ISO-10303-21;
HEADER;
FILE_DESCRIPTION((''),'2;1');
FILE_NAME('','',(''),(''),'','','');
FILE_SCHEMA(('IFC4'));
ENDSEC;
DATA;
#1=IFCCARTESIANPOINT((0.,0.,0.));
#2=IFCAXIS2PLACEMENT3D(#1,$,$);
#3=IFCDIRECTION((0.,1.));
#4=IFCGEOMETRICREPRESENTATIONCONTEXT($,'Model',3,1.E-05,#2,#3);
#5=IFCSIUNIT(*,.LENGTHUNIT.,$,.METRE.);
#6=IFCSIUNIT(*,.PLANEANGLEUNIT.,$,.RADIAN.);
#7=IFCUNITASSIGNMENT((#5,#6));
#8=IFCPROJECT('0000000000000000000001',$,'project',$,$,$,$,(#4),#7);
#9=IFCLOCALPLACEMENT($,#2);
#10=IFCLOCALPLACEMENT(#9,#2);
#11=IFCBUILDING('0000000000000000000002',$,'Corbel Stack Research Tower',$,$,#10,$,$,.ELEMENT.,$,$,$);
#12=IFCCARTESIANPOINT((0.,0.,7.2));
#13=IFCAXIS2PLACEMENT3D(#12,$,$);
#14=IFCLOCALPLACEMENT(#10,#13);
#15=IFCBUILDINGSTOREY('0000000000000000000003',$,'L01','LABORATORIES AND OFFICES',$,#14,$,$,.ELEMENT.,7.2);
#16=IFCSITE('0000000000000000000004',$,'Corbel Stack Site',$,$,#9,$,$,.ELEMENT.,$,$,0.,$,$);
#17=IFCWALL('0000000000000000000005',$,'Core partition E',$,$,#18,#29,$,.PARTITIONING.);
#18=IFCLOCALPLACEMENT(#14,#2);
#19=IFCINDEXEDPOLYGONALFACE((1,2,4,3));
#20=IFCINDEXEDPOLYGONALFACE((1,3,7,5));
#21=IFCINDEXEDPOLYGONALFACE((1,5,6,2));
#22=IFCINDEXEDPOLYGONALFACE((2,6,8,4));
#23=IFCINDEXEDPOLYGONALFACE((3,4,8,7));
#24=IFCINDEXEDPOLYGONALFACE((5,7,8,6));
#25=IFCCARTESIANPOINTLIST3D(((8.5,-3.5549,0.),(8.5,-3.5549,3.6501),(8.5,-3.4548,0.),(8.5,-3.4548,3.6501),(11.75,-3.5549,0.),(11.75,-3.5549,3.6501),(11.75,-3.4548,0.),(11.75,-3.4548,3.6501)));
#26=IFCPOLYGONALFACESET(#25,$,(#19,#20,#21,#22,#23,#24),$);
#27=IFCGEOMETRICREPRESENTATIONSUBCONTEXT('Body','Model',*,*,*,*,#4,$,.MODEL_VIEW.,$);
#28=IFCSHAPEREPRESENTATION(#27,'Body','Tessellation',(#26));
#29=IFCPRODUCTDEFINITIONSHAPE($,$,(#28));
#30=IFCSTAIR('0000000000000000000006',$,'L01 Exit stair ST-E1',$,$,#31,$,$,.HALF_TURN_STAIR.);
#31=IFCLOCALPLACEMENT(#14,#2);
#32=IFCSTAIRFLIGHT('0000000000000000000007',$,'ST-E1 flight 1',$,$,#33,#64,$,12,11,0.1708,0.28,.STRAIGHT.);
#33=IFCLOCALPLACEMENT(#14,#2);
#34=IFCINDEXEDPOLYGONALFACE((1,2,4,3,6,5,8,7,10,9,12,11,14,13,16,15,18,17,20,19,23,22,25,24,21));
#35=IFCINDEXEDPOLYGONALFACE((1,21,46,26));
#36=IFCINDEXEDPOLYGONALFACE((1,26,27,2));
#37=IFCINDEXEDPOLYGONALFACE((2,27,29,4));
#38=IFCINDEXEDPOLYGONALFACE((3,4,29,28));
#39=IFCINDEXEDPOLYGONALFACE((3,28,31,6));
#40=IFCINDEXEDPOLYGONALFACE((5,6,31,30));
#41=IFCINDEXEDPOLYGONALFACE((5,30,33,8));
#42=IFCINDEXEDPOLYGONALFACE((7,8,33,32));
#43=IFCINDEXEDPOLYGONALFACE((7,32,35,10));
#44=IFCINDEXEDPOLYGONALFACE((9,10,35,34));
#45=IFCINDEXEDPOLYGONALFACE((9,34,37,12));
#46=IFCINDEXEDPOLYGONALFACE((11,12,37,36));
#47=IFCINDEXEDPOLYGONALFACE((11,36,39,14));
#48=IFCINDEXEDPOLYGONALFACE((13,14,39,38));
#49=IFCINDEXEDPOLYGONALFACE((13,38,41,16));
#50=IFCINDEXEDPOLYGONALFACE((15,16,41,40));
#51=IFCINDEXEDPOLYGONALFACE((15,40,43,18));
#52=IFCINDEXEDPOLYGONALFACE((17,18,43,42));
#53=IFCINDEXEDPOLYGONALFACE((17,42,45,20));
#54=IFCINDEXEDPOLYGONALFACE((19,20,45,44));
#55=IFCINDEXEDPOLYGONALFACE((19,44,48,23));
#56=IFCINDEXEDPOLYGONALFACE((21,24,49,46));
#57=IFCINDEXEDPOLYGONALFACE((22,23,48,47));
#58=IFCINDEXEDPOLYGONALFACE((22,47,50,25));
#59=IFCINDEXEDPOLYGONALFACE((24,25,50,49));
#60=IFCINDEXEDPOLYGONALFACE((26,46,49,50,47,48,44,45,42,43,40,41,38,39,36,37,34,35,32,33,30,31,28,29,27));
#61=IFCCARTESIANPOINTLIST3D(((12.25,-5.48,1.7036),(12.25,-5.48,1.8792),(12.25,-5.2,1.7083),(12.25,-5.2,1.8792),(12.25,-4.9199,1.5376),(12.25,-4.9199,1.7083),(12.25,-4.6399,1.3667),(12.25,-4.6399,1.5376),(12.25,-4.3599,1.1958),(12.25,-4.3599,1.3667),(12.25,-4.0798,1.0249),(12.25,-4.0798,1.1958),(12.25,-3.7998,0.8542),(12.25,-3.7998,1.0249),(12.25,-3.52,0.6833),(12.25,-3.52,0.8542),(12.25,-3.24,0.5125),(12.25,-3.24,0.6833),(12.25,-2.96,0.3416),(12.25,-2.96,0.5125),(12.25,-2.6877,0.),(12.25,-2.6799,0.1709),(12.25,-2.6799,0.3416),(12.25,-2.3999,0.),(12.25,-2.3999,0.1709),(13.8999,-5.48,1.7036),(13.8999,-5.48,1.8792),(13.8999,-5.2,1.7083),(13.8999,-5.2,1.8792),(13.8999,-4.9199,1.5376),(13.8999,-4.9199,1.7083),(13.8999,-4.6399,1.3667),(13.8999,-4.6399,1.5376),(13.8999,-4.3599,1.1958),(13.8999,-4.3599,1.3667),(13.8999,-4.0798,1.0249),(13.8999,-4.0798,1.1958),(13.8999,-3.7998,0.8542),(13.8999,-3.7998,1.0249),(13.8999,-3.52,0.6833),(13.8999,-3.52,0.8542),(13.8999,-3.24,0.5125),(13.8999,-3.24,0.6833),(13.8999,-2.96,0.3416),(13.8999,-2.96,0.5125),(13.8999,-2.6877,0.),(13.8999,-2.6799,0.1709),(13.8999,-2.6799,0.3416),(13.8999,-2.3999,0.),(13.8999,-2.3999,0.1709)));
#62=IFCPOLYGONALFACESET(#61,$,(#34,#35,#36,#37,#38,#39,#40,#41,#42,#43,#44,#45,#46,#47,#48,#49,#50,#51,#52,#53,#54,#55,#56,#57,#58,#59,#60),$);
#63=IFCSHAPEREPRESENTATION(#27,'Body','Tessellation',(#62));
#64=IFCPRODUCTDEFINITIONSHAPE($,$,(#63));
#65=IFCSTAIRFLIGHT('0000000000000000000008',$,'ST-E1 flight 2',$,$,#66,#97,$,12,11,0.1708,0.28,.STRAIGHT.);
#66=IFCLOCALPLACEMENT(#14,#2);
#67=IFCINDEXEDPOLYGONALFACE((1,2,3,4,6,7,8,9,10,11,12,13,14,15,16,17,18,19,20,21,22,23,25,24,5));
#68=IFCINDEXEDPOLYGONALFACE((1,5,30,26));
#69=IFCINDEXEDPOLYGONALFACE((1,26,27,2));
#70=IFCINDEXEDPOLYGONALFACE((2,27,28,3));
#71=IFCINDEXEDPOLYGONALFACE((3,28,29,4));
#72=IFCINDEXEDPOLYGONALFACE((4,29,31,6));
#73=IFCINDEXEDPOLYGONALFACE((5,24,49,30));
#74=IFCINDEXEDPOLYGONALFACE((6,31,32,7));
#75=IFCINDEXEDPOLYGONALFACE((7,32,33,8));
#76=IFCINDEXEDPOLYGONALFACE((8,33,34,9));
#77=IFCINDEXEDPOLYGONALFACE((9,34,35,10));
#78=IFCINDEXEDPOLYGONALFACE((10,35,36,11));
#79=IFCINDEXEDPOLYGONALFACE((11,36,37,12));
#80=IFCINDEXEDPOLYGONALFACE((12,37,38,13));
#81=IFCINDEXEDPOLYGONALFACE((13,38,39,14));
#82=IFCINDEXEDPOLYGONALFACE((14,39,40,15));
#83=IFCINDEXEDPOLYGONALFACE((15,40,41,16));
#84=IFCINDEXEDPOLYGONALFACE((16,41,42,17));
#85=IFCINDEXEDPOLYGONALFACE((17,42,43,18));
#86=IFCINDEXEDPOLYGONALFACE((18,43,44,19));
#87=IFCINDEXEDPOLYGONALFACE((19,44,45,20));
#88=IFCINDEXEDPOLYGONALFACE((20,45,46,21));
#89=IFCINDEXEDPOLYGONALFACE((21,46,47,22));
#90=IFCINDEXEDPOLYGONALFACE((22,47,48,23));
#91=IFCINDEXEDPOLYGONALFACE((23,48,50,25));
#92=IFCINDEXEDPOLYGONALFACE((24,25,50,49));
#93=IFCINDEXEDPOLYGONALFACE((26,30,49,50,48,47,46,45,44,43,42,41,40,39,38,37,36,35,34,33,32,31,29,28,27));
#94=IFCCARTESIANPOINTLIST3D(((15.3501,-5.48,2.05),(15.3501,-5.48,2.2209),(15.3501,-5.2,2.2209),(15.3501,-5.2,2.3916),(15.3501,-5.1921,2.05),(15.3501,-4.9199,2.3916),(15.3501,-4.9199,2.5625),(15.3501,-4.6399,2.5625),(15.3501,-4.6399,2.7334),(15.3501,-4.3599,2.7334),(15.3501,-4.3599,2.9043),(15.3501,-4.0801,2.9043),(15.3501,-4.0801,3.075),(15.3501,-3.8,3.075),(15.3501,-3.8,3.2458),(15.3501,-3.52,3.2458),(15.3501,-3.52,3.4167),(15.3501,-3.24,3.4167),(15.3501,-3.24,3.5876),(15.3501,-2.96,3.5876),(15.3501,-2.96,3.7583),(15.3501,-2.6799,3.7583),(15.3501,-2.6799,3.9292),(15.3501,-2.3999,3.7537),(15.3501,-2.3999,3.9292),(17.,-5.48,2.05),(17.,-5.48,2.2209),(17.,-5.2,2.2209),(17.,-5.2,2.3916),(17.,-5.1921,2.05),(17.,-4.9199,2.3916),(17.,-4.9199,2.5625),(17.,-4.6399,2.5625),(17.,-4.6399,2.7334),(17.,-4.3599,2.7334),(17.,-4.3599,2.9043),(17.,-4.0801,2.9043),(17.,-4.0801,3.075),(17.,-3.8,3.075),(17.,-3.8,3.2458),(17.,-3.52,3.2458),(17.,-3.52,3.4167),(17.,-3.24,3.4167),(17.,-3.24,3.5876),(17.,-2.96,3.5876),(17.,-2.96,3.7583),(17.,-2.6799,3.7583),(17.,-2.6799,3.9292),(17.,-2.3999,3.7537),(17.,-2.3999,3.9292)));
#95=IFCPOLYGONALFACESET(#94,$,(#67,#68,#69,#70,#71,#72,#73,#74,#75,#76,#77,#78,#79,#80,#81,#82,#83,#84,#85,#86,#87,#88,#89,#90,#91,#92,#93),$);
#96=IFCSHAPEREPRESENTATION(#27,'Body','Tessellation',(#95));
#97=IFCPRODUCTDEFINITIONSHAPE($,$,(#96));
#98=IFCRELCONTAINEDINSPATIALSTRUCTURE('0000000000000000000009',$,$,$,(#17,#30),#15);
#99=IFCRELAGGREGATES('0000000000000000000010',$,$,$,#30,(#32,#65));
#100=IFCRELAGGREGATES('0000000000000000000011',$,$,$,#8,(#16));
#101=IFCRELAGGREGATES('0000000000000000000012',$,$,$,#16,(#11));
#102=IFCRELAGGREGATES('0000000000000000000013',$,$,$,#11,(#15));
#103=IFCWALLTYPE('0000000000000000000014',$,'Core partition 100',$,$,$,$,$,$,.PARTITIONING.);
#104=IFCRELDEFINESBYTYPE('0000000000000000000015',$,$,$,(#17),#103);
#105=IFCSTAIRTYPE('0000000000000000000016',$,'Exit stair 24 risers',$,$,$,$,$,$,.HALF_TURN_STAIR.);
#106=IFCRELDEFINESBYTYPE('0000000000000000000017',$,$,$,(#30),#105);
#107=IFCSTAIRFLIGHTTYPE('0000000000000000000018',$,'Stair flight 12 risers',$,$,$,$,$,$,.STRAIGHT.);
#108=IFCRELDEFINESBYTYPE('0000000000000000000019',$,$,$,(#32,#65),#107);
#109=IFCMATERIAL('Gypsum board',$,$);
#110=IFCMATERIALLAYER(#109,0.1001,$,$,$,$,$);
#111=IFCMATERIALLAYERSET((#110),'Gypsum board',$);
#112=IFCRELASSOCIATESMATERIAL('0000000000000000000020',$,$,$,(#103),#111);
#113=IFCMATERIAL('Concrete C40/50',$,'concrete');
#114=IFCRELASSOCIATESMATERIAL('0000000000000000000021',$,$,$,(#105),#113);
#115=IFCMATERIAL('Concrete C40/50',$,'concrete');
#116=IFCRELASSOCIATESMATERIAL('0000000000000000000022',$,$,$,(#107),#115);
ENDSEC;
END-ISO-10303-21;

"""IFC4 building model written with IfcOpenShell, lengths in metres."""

from ifc_helpers import new_model, si_unit, direction, frame, frame_2d, origin, place, context, subcontext, project, spatial, polyline, rectangle, outline, extrude, material, layer, layer_set, type_object, element, aggregate, save


model = new_model("IFC4")

# Units and contexts
model_context = context("Model", 3, precision=1e-05, world=origin(), true_north=direction((0.0, 1.0)))
body_context = subcontext(model_context, "Body", "Model", "MODEL_VIEW")
ifc_project = project(units=[si_unit("LENGTHUNIT", "METRE"), si_unit("PLANEANGLEUNIT", "RADIAN")], contexts=[model_context])

# Site, building, storey
site_placement = place(None, origin())
site = spatial("IfcSite", under=ifc_project, at=site_placement, Name="Corbel Stack Site", CompositionType="ELEMENT", RefElevation=0.0)
building_placement = place(site_placement, origin())
building = spatial("IfcBuilding", under=site, at=building_placement, Name="Corbel Stack Research Tower", CompositionType="ELEMENT")
storey_placement = place(building_placement, frame((0.0, 0.0, 7.2)))
storey = spatial("IfcBuildingStorey", under=building, at=storey_placement, Name="L01", Description="LABORATORIES AND OFFICES", CompositionType="ELEMENT", Elevation=7.2)

# Shared definitions
ifc_material_1 = material(Name="Gypsum board")
ifc_layer_1 = layer(ifc_material_1, 0.1001)
ifc_layer_set_1 = layer_set([ifc_layer_1], Name="Gypsum board")
wall_type_1 = type_object("IfcWallType", Name="Core partition 100", PredefinedType="PARTITIONING", material=ifc_layer_set_1)

# Wall
for number, where, z_axis, x_axis, name in (
    (1, (8.5, -3.5049, 0.0), (0.0, 0.0, 1.0), (1.0, 0.0, 0.0), "Core partition E"),
):
    element("IfcWall", number, at=place(storey_placement, frame(where, z_axis=z_axis, x_axis=x_axis)), inside=storey, type_object=wall_type_1, Name=name, PredefinedType="PARTITIONING", context=body_context, shape_type="SweptSolid", body=[
        extrude(rectangle(XDim=3.25, YDim=0.1001, at=frame_2d((1.625, 0.0))), origin(), (0.0, 0.0, 1.0), 3.6501),
    ])

# Stair, stair flights
ifc_material_2 = material(Name="Concrete C40/50", Category="concrete")
stair_type = type_object("IfcStairType", Name="Exit stair 24 risers", PredefinedType="HALF_TURN_STAIR", material=ifc_material_2)
stair_placement = place(storey_placement, origin())
stair = element("IfcStair", 2, at=stair_placement, inside=storey, type_object=stair_type, Name="L01 Exit stair ST-E1", PredefinedType="HALF_TURN_STAIR")
ifc_material_3 = material(Name="Concrete C40/50", Category="concrete")
stair_flight_type = type_object("IfcStairFlightType", Name="Stair flight 12 risers", PredefinedType="STRAIGHT", material=ifc_material_3)
stair_flight_1_placement = place(storey_placement, frame((13.075, -2.3999, 0.0), z_axis=(0.0, 0.0, 1.0), x_axis=(0.0, -1.0, 0.0)))
stair_flight_1 = element("IfcStairFlight", 3, at=stair_flight_1_placement, type_object=stair_flight_type, Name="ST-E1 flight 1", NumberOfRisers=12, NumberOfTreads=11, PredefinedType="STRAIGHT", RiserHeight=0.1708, TreadLength=0.28, context=body_context, shape_type="SweptSolid", body=[
    extrude(outline(polyline([(0.0, 0.0), (0.0, 0.1709), (0.28, 0.1709), (0.28, 0.3416), (0.5601, 0.3416), (0.5601, 0.5125), (0.8401, 0.5125), (0.8401, 0.6833), (1.1201, 0.6833), (1.1201, 0.8542), (1.3999, 0.8542), (1.3999, 1.0249), (1.6799, 1.0249), (1.6799, 1.1958), (1.96, 1.1958), (1.96, 1.3667), (2.24, 1.3667), (2.24, 1.5376), (2.52, 1.5376), (2.52, 1.7083), (2.8, 1.7083), (2.8, 1.8792), (3.0801, 1.8792), (3.0801, 2.05), (3.0801, 1.7036), (0.2878, 0.0), (0.0, 0.0)])), frame((0.0, 0.825, 0.0), z_axis=(0.0, -1.0, 0.0), x_axis=(1.0, 0.0, 0.0)), (0.0, 0.0, 1.0), 1.6499),
])
stair_flight_2_placement = place(storey_placement, frame((16.175, -5.48, 2.05), z_axis=(0.0, 0.0, 1.0), x_axis=(0.0, 1.0, 0.0)))
stair_flight_2 = element("IfcStairFlight", 4, at=stair_flight_2_placement, type_object=stair_flight_type, Name="ST-E1 flight 2", NumberOfRisers=12, NumberOfTreads=11, PredefinedType="STRAIGHT", RiserHeight=0.1708, TreadLength=0.28, context=body_context, shape_type="SweptSolid", body=[
    extrude(outline(polyline([(0.0, 0.0), (0.0, 0.1709), (0.28, 0.1709), (0.28, 0.3416), (0.5601, 0.3416), (0.5601, 0.5125), (0.8401, 0.5125), (0.8401, 0.6833), (1.1201, 0.6833), (1.1201, 0.8542), (1.3999, 0.8542), (1.3999, 1.0249), (1.6799, 1.0249), (1.6799, 1.1958), (1.96, 1.1958), (1.96, 1.3667), (2.24, 1.3667), (2.24, 1.5376), (2.52, 1.5376), (2.52, 1.7083), (2.8, 1.7083), (2.8, 1.8792), (3.0801, 1.8792), (3.0801, 2.05), (3.0801, 1.7036), (0.2878, 0.0), (0.0, 0.0)])), frame((0.0, 0.825, 0.0), z_axis=(0.0, -1.0, 0.0), x_axis=(1.0, 0.0, 0.0)), (0.0, 0.0, 1.0), 1.6499),
])
aggregate(stair, [stair_flight_1, stair_flight_2])

save(model, "model.ifc")
